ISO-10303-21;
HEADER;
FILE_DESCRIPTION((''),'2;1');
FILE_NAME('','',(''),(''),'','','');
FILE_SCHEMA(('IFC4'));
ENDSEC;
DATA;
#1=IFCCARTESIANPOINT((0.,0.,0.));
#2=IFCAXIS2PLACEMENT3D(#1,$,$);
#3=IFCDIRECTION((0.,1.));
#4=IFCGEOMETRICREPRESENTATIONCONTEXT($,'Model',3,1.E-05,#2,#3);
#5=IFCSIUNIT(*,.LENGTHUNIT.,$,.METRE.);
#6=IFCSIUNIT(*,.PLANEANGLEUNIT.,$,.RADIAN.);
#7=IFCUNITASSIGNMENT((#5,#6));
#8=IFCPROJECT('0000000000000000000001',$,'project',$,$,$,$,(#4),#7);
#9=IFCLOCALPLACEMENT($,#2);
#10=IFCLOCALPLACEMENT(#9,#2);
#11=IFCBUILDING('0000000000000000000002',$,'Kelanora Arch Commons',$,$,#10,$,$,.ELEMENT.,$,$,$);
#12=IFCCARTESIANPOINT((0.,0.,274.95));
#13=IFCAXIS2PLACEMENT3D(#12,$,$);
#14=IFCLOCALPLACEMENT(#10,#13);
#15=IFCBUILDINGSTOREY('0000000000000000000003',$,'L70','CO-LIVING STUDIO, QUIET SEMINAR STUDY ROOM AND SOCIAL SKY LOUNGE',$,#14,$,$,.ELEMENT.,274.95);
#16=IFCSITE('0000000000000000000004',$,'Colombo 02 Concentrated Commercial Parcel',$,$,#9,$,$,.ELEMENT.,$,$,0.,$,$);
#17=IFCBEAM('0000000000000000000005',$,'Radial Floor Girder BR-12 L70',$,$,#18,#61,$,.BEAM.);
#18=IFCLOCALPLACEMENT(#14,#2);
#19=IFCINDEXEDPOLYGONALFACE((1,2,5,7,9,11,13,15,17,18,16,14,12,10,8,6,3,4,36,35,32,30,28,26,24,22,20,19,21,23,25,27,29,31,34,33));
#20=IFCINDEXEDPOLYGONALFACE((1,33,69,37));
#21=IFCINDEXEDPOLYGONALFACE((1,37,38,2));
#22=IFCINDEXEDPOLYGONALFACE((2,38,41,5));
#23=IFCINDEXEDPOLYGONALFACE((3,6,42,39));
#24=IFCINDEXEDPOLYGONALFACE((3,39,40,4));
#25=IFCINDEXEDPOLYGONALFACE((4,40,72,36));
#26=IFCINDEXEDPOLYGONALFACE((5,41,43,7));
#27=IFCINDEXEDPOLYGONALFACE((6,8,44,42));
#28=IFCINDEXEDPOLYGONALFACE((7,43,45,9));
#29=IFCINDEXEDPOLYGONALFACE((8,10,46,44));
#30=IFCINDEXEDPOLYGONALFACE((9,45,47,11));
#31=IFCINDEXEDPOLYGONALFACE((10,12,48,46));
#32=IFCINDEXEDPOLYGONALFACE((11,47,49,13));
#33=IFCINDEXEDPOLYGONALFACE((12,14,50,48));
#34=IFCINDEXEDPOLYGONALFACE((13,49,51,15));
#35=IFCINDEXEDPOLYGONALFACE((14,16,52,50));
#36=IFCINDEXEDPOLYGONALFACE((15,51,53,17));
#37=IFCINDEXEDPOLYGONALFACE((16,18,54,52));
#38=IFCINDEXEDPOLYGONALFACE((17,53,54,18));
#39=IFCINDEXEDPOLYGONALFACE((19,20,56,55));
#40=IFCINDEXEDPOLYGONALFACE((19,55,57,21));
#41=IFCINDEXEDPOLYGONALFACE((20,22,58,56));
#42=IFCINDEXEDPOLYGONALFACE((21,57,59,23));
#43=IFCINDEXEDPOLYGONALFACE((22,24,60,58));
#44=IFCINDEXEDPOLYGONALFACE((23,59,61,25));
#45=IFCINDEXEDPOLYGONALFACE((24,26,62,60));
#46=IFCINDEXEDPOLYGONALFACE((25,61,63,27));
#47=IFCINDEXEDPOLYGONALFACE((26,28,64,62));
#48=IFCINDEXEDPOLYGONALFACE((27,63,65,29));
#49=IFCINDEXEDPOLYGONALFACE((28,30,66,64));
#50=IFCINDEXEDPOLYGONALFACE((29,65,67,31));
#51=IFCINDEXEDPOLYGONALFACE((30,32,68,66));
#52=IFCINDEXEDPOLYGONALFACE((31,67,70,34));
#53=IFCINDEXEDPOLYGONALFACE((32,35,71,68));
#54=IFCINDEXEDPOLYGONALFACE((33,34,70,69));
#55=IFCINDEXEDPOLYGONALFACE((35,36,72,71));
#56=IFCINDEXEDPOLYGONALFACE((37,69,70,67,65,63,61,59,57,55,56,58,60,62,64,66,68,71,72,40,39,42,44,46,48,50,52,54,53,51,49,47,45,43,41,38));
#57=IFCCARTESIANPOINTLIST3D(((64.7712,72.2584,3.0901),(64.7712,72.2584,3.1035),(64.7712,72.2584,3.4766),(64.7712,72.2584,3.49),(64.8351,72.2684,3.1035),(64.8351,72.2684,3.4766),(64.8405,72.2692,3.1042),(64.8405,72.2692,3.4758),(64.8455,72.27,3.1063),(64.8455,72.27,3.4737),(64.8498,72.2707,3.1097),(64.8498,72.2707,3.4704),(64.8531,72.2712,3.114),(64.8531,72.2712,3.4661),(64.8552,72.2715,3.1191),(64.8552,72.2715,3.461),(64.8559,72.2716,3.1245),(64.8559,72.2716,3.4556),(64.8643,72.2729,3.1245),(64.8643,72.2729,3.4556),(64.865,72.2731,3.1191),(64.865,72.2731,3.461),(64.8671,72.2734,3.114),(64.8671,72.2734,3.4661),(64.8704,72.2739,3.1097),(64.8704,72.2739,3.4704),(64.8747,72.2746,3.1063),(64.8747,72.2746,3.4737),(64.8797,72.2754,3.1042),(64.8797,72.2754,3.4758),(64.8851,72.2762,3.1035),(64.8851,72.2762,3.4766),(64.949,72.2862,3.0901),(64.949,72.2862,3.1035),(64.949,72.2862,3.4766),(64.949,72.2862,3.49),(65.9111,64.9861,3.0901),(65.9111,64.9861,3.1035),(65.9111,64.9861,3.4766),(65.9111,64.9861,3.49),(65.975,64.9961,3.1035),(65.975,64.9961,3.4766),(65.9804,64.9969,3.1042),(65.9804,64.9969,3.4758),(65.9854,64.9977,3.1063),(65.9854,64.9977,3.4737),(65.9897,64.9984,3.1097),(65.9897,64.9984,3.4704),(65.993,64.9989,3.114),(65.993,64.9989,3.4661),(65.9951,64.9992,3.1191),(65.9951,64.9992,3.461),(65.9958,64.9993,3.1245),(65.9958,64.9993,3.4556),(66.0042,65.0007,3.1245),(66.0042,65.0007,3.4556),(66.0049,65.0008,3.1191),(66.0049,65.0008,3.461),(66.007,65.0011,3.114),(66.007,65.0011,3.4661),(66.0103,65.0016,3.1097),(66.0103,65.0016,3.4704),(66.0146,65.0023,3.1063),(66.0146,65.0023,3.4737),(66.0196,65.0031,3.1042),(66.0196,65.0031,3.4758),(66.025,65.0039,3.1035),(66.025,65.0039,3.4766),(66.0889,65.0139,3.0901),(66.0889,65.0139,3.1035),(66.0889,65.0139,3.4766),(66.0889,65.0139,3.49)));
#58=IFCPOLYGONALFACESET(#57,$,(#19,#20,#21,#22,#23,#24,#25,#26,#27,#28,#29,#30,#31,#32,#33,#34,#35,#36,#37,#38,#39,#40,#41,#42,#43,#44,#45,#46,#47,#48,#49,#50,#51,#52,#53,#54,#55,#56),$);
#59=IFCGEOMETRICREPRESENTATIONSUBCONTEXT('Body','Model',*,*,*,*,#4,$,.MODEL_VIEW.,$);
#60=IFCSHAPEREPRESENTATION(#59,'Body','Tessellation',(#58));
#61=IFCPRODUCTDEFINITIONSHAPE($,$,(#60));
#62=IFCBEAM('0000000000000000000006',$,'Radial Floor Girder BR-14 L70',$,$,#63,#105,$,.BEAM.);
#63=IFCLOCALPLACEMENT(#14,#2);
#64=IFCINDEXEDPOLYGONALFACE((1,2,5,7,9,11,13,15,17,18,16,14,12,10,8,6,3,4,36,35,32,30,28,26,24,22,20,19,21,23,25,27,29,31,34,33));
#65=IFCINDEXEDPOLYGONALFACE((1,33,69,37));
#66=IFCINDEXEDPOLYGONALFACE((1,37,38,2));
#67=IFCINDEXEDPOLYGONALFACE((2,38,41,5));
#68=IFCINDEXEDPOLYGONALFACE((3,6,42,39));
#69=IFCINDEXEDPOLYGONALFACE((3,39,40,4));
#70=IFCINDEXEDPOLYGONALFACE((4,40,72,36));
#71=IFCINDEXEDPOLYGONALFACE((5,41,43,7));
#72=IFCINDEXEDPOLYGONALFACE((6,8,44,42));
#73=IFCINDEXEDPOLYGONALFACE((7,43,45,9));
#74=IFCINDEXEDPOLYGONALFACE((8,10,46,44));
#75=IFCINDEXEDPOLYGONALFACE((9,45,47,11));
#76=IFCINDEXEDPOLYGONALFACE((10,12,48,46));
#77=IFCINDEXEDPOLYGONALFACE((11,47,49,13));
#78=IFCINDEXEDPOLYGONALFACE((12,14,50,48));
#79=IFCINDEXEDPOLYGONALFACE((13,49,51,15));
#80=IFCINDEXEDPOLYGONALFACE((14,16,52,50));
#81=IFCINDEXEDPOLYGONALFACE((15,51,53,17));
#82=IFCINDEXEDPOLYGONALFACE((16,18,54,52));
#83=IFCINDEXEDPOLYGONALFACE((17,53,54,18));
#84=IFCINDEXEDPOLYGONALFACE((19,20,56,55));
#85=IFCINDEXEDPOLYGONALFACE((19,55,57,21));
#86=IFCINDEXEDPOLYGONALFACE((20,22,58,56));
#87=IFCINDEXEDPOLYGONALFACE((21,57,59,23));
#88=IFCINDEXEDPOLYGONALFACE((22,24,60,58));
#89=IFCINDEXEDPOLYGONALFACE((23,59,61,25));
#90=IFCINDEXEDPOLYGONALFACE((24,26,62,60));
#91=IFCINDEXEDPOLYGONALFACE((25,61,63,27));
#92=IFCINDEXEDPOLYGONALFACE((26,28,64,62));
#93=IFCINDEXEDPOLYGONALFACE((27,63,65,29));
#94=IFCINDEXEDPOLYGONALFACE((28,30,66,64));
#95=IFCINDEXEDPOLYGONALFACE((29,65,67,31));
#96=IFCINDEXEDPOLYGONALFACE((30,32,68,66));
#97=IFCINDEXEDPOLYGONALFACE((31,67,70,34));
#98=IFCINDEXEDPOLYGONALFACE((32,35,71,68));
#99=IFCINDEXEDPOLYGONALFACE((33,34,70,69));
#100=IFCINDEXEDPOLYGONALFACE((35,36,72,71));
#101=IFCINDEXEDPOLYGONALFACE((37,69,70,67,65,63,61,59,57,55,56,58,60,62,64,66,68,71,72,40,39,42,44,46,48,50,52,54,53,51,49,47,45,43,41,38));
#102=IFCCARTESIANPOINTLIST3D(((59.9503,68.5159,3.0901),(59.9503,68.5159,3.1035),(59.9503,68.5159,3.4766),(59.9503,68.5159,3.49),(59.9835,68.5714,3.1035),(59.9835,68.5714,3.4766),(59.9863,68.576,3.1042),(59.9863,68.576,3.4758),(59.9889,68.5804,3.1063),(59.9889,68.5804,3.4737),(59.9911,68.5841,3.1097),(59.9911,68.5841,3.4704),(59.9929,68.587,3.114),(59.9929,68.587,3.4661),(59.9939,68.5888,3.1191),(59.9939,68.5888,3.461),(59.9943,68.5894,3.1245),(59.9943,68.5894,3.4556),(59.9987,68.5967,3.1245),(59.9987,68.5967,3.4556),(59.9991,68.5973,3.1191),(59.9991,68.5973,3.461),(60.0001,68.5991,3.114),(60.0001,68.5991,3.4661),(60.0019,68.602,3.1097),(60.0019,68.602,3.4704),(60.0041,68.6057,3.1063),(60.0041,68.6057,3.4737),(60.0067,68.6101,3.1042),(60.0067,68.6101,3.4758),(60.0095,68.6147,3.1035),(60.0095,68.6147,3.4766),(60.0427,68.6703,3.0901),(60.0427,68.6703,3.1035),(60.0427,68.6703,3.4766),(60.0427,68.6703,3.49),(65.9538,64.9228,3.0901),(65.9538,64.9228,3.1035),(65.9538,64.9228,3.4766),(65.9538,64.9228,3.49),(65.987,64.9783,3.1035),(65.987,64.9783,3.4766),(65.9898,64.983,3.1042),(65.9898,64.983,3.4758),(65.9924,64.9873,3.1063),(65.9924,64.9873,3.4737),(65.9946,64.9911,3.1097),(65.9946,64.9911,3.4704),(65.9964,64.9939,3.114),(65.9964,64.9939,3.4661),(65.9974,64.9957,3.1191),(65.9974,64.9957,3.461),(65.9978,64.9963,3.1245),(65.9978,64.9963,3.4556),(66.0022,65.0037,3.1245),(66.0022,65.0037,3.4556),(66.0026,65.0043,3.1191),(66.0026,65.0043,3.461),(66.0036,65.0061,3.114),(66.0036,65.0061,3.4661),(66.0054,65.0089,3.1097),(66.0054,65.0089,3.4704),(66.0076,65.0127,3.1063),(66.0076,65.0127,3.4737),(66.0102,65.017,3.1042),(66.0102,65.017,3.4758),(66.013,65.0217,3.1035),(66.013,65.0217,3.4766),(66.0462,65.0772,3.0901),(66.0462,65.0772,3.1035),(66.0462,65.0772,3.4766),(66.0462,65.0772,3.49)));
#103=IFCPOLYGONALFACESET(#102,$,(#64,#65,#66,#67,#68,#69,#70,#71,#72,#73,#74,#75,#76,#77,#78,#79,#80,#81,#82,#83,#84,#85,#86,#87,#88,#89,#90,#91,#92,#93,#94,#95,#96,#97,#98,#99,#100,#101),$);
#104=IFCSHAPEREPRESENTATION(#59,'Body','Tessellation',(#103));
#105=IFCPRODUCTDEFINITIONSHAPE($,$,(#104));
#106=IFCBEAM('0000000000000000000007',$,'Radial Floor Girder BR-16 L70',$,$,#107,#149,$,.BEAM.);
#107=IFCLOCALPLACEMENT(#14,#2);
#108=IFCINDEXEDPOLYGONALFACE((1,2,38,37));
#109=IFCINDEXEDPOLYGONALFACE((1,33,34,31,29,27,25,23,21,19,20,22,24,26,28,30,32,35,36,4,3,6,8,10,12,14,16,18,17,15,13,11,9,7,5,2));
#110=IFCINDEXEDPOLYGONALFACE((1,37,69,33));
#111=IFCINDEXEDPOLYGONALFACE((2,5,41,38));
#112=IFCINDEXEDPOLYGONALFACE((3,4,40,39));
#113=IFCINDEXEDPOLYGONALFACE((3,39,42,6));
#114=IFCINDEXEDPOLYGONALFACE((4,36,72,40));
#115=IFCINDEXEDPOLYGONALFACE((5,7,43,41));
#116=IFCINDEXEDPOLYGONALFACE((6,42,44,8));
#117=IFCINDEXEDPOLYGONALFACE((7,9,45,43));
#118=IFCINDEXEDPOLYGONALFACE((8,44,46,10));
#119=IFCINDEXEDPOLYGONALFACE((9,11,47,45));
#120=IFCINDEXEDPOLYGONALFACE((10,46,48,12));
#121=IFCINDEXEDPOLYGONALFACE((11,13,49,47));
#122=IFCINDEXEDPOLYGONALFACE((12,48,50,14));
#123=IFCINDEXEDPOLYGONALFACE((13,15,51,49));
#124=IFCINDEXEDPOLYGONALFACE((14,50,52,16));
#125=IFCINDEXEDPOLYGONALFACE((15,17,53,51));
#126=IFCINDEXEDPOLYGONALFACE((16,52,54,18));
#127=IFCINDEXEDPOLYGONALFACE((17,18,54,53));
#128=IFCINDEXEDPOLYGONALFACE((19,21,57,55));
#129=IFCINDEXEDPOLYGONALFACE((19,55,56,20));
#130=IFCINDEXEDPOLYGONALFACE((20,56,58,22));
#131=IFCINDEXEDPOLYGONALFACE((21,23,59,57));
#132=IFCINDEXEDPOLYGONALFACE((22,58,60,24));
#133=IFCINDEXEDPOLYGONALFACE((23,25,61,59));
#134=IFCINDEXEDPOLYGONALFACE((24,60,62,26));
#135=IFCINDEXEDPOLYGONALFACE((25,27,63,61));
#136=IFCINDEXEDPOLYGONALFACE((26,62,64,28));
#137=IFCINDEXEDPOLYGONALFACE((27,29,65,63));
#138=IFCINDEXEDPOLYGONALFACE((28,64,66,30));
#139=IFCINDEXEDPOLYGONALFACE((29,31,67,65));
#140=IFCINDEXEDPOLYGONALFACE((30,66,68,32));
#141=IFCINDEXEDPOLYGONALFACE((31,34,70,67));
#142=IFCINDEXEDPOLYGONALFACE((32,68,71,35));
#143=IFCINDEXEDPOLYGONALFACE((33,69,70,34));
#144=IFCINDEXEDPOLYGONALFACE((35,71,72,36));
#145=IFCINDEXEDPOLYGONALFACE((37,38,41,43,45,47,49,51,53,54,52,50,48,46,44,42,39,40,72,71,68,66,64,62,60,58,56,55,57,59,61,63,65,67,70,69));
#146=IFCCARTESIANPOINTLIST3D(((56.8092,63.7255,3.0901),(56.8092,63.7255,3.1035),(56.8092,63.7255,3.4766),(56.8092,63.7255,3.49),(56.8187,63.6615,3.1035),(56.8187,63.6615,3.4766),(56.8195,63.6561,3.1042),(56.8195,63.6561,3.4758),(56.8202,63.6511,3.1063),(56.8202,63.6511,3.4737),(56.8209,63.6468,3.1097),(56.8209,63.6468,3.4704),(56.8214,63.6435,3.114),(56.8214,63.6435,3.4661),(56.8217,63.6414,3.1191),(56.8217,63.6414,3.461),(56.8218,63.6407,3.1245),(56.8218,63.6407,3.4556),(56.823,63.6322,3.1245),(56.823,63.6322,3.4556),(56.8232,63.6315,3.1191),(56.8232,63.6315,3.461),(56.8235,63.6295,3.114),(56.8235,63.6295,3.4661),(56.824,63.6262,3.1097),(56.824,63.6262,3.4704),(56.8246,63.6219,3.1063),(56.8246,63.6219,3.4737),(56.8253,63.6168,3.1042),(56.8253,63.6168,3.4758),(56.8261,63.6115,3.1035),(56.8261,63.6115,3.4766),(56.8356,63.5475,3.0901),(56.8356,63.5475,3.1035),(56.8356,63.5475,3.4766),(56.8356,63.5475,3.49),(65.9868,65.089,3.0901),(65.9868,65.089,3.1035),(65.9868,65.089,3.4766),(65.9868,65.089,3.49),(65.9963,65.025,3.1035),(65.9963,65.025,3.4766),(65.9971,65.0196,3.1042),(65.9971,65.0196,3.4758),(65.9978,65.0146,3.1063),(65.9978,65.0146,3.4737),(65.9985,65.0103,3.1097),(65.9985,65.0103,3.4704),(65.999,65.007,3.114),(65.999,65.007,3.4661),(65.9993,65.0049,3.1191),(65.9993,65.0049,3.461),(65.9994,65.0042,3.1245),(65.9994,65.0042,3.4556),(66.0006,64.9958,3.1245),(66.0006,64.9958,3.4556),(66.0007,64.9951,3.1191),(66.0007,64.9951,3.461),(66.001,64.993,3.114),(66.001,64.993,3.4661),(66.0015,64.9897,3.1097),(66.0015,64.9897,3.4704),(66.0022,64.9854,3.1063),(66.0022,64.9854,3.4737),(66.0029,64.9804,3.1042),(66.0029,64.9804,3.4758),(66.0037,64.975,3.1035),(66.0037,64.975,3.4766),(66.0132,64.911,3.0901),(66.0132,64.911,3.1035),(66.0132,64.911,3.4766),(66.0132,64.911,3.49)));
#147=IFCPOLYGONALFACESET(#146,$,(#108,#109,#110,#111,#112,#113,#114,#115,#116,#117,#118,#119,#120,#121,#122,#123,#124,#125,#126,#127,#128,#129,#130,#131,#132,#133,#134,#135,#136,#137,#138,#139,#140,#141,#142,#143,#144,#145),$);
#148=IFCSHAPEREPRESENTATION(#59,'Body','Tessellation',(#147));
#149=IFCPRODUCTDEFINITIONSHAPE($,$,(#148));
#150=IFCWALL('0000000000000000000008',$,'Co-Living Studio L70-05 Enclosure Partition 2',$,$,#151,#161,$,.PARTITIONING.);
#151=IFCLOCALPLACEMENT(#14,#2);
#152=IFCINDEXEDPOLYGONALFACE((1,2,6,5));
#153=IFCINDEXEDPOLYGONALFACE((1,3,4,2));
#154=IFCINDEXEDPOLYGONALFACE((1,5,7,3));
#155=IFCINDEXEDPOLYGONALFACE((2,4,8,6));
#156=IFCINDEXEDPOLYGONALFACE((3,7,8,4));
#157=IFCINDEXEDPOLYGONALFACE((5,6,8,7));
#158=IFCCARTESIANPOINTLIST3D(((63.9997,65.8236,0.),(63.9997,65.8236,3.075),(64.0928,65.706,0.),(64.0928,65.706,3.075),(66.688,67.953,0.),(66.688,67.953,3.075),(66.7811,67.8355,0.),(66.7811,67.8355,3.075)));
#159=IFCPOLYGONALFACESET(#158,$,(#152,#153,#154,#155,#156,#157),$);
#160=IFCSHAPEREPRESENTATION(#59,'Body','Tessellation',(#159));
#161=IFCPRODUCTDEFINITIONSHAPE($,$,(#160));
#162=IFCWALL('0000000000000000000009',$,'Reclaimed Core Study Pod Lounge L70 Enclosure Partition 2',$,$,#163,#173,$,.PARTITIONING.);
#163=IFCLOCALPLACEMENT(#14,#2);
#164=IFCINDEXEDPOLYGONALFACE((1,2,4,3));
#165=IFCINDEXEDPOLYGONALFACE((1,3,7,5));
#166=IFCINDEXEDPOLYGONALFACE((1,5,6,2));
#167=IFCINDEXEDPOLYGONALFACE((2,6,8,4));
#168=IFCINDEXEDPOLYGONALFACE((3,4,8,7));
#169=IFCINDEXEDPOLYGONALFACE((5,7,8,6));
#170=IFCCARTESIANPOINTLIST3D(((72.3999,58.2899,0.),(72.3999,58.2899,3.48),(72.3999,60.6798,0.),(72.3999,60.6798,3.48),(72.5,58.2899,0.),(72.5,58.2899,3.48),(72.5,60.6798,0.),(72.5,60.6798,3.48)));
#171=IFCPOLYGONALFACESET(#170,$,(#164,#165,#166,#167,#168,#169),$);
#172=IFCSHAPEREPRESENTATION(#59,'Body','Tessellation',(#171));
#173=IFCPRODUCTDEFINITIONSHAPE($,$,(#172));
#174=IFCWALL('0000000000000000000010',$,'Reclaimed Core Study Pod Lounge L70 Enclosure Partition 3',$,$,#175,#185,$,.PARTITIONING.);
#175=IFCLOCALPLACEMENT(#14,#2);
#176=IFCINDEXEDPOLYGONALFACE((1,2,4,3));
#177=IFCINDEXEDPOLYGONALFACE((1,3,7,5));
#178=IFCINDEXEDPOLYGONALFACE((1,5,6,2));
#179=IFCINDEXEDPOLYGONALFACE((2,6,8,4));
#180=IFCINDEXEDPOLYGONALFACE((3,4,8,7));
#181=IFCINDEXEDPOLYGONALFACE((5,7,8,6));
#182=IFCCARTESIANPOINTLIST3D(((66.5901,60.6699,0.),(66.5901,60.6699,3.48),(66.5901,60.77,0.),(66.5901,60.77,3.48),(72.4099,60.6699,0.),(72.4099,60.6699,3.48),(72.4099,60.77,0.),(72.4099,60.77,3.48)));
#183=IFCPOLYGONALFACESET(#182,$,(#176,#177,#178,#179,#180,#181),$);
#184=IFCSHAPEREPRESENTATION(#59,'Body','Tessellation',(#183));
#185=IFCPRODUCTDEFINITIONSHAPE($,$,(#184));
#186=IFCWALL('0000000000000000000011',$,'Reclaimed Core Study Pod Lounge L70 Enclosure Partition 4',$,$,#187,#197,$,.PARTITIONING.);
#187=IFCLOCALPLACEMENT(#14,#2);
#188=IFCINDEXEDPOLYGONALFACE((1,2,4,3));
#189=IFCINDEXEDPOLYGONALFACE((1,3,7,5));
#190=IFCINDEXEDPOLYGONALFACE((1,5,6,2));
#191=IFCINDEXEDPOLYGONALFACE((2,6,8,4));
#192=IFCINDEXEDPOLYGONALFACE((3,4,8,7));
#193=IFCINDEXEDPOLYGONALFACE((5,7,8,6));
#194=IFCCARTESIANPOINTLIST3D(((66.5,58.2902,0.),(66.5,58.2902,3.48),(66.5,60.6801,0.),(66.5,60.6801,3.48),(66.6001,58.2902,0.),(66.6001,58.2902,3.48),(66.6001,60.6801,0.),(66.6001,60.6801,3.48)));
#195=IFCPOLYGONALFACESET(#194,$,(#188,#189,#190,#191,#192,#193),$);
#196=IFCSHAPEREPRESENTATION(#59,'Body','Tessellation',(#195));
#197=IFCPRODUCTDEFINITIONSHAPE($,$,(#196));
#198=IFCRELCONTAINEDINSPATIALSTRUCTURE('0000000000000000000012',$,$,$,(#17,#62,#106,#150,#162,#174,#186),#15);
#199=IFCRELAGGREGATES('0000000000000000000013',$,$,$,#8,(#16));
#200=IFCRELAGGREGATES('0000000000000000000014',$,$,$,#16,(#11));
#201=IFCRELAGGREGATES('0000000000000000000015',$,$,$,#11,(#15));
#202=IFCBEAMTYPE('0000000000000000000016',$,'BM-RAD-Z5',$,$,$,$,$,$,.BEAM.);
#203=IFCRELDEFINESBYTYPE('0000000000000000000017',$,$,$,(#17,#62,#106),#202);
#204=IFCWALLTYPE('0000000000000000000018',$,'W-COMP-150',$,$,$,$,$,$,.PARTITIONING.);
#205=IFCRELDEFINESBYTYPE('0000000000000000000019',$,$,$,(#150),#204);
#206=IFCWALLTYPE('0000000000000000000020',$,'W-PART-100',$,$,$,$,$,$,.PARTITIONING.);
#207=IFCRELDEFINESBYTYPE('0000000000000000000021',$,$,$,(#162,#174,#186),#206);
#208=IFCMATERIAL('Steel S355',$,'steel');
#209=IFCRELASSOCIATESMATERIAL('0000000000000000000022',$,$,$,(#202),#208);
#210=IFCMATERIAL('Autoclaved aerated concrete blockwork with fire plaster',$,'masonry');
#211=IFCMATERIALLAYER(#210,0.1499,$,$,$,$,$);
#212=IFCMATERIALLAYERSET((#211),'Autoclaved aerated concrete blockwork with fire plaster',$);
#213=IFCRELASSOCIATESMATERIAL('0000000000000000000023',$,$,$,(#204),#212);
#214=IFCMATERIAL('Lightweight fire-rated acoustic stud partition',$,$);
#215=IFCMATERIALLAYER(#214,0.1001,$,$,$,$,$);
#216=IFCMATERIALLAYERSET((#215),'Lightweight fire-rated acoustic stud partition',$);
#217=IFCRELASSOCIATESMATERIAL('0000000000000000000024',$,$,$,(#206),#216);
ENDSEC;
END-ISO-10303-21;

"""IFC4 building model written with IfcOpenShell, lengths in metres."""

from ifc_helpers import new_model, si_unit, direction, frame, frame_2d, origin, origin_2d, place, context, subcontext, project, spatial, rectangle, i_section, extrude, material, layer, layer_set, material_profile, profile_set, type_object, element, save


model = new_model("IFC4")

# Units and contexts
model_context = context("Model", 3, precision=1e-05, world=origin(), true_north=direction((0.0, 1.0)))
body_context = subcontext(model_context, "Body", "Model", "MODEL_VIEW")
ifc_project = project(units=[si_unit("LENGTHUNIT", "METRE"), si_unit("PLANEANGLEUNIT", "RADIAN")], contexts=[model_context])

# Site, building, storey
site_placement = place(None, origin())
site = spatial("IfcSite", under=ifc_project, at=site_placement, Name="Colombo 02 Concentrated Commercial Parcel", CompositionType="ELEMENT", RefElevation=0.0)
building_placement = place(site_placement, origin())
building = spatial("IfcBuilding", under=site, at=building_placement, Name="Kelanora Arch Commons", CompositionType="ELEMENT")
storey_placement = place(building_placement, frame((0.0, 0.0, 274.95)))
storey = spatial("IfcBuildingStorey", under=building, at=storey_placement, Name="L70", Description="CO-LIVING STUDIO, QUIET SEMINAR STUDY ROOM AND SOCIAL SKY LOUNGE", CompositionType="ELEMENT", Elevation=274.95)

# Beams
ifc_material_1 = material(Name="Steel S355", Category="steel")
ifc_material_profile_1 = material_profile(ifc_material_1, i_section(OverallWidth=0.1799, OverallDepth=0.3999, WebThickness=0.0085, FlangeThickness=0.0134, FilletRadius=0.021, at=origin_2d()), Name="IPE400")
ifc_profile_set_1 = profile_set([ifc_material_profile_1], Name="Steel S355")
beam_type_1 = type_object("IfcBeamType", Name="BM-RAD-Z5", PredefinedType="BEAM", material=ifc_profile_set_1)
beam_1_placement = place(storey_placement, frame((66.0, 65.0, 3.29), z_axis=(-0.154855, 0.987937, 0.0), x_axis=(-0.987937, -0.154855, 0.0)))
element("IfcBeam", 1, at=beam_1_placement, inside=storey, type_object=beam_type_1, Name="Radial Floor Girder BR-12 L70", PredefinedType="BEAM", context=body_context, shape_type="SweptSolid", body=[
    extrude(i_section(OverallWidth=0.1799, OverallDepth=0.3999, WebThickness=0.0085, FlangeThickness=0.0134, FilletRadius=0.021, at=origin_2d()), origin(), (0.0, 0.0, 1.0), 7.3611),
])
beam_2_placement = place(storey_placement, frame((66.0, 65.0, 3.29), z_axis=(-0.858062, 0.513546, 0.0), x_axis=(-0.513546, -0.858062, 0.0)))
element("IfcBeam", 2, at=beam_2_placement, inside=storey, type_object=beam_type_1, Name="Radial Floor Girder BR-14 L70", PredefinedType="BEAM", context=body_context, shape_type="SweptSolid", body=[
    extrude(i_section(OverallWidth=0.1799, OverallDepth=0.3999, WebThickness=0.0085, FlangeThickness=0.0134, FilletRadius=0.021, at=origin_2d()), origin(), (0.0, 0.0, 1.0), 6.9966),
])
beam_3_placement = place(storey_placement, frame((66.0, 65.0, 3.29), z_axis=(-0.989142, -0.14696, 0.0), x_axis=(0.14696, -0.989142, 0.0)))
element("IfcBeam", 3, at=beam_3_placement, inside=storey, type_object=beam_type_1, Name="Radial Floor Girder BR-16 L70", PredefinedType="BEAM", context=body_context, shape_type="SweptSolid", body=[
    extrude(i_section(OverallWidth=0.1799, OverallDepth=0.3999, WebThickness=0.0085, FlangeThickness=0.0134, FilletRadius=0.021, at=origin_2d()), origin(), (0.0, 0.0, 1.0), 9.2783),
])

# Walls
ifc_material_2 = material(Name="Autoclaved aerated concrete blockwork with fire plaster", Category="masonry")
ifc_layer_1 = layer(ifc_material_2, 0.1499)
ifc_layer_set_1 = layer_set([ifc_layer_1], Name="Autoclaved aerated concrete blockwork with fire plaster")
wall_type_1 = type_object("IfcWallType", Name="W-COMP-150", PredefinedType="PARTITIONING", material=ifc_layer_set_1)
wall_1_placement = place(storey_placement, frame((66.7346, 67.8943, 0.0), z_axis=(0.0, 0.0, 1.0), x_axis=(-0.783874, -0.62092, 0.0)))
element("IfcWall", 4, at=wall_1_placement, inside=storey, type_object=wall_type_1, Name="Co-Living Studio L70-05 Enclosure Partition 2", PredefinedType="PARTITIONING", context=body_context, shape_type="SweptSolid", body=[
    extrude(rectangle(XDim=3.4294, YDim=0.1499, at=frame_2d((1.7148, 0.0))), origin(), (0.0, 0.0, 1.0), 3.075),
])
ifc_material_3 = material(Name="Lightweight fire-rated acoustic stud partition")
ifc_layer_2 = layer(ifc_material_3, 0.1001)
ifc_layer_set_2 = layer_set([ifc_layer_2], Name="Lightweight fire-rated acoustic stud partition")
wall_type_2 = type_object("IfcWallType", Name="W-PART-100", PredefinedType="PARTITIONING", material=ifc_layer_set_2)
wall_2_placement = place(storey_placement, frame((72.45, 58.29, 0.0), z_axis=(0.0, 0.0, 1.0), x_axis=(0.0, 1.0, 0.0)))
element("IfcWall", 5, at=wall_2_placement, inside=storey, type_object=wall_type_2, Name="Reclaimed Core Study Pod Lounge L70 Enclosure Partition 2", PredefinedType="PARTITIONING", context=body_context, shape_type="SweptSolid", body=[
    extrude(rectangle(XDim=2.3899, YDim=0.1001, at=frame_2d((1.1948, 0.0))), origin(), (0.0, 0.0, 1.0), 3.48),
])
wall_3_placement = place(storey_placement, frame((72.4099, 60.72, 0.0), z_axis=(0.0, 0.0, 1.0), x_axis=(-1.0, 0.0, 0.0)))
element("IfcWall", 6, at=wall_3_placement, inside=storey, type_object=wall_type_2, Name="Reclaimed Core Study Pod Lounge L70 Enclosure Partition 3", PredefinedType="PARTITIONING", context=body_context, shape_type="SweptSolid", body=[
    extrude(rectangle(XDim=5.8198, YDim=0.1001, at=frame_2d((2.9099, 0.0))), origin(), (0.0, 0.0, 1.0), 3.48),
])
wall_4_placement = place(storey_placement, frame((66.55, 60.6799, 0.0), z_axis=(0.0, 0.0, 1.0), x_axis=(0.0, -1.0, 0.0)))
element("IfcWall", 7, at=wall_4_placement, inside=storey, type_object=wall_type_2, Name="Reclaimed Core Study Pod Lounge L70 Enclosure Partition 4", PredefinedType="PARTITIONING", context=body_context, shape_type="SweptSolid", body=[
    extrude(rectangle(XDim=2.3899, YDim=0.1001, at=frame_2d((1.1948, 0.0))), origin(), (0.0, 0.0, 1.0), 3.48),
])

save(model, "model.ifc")
